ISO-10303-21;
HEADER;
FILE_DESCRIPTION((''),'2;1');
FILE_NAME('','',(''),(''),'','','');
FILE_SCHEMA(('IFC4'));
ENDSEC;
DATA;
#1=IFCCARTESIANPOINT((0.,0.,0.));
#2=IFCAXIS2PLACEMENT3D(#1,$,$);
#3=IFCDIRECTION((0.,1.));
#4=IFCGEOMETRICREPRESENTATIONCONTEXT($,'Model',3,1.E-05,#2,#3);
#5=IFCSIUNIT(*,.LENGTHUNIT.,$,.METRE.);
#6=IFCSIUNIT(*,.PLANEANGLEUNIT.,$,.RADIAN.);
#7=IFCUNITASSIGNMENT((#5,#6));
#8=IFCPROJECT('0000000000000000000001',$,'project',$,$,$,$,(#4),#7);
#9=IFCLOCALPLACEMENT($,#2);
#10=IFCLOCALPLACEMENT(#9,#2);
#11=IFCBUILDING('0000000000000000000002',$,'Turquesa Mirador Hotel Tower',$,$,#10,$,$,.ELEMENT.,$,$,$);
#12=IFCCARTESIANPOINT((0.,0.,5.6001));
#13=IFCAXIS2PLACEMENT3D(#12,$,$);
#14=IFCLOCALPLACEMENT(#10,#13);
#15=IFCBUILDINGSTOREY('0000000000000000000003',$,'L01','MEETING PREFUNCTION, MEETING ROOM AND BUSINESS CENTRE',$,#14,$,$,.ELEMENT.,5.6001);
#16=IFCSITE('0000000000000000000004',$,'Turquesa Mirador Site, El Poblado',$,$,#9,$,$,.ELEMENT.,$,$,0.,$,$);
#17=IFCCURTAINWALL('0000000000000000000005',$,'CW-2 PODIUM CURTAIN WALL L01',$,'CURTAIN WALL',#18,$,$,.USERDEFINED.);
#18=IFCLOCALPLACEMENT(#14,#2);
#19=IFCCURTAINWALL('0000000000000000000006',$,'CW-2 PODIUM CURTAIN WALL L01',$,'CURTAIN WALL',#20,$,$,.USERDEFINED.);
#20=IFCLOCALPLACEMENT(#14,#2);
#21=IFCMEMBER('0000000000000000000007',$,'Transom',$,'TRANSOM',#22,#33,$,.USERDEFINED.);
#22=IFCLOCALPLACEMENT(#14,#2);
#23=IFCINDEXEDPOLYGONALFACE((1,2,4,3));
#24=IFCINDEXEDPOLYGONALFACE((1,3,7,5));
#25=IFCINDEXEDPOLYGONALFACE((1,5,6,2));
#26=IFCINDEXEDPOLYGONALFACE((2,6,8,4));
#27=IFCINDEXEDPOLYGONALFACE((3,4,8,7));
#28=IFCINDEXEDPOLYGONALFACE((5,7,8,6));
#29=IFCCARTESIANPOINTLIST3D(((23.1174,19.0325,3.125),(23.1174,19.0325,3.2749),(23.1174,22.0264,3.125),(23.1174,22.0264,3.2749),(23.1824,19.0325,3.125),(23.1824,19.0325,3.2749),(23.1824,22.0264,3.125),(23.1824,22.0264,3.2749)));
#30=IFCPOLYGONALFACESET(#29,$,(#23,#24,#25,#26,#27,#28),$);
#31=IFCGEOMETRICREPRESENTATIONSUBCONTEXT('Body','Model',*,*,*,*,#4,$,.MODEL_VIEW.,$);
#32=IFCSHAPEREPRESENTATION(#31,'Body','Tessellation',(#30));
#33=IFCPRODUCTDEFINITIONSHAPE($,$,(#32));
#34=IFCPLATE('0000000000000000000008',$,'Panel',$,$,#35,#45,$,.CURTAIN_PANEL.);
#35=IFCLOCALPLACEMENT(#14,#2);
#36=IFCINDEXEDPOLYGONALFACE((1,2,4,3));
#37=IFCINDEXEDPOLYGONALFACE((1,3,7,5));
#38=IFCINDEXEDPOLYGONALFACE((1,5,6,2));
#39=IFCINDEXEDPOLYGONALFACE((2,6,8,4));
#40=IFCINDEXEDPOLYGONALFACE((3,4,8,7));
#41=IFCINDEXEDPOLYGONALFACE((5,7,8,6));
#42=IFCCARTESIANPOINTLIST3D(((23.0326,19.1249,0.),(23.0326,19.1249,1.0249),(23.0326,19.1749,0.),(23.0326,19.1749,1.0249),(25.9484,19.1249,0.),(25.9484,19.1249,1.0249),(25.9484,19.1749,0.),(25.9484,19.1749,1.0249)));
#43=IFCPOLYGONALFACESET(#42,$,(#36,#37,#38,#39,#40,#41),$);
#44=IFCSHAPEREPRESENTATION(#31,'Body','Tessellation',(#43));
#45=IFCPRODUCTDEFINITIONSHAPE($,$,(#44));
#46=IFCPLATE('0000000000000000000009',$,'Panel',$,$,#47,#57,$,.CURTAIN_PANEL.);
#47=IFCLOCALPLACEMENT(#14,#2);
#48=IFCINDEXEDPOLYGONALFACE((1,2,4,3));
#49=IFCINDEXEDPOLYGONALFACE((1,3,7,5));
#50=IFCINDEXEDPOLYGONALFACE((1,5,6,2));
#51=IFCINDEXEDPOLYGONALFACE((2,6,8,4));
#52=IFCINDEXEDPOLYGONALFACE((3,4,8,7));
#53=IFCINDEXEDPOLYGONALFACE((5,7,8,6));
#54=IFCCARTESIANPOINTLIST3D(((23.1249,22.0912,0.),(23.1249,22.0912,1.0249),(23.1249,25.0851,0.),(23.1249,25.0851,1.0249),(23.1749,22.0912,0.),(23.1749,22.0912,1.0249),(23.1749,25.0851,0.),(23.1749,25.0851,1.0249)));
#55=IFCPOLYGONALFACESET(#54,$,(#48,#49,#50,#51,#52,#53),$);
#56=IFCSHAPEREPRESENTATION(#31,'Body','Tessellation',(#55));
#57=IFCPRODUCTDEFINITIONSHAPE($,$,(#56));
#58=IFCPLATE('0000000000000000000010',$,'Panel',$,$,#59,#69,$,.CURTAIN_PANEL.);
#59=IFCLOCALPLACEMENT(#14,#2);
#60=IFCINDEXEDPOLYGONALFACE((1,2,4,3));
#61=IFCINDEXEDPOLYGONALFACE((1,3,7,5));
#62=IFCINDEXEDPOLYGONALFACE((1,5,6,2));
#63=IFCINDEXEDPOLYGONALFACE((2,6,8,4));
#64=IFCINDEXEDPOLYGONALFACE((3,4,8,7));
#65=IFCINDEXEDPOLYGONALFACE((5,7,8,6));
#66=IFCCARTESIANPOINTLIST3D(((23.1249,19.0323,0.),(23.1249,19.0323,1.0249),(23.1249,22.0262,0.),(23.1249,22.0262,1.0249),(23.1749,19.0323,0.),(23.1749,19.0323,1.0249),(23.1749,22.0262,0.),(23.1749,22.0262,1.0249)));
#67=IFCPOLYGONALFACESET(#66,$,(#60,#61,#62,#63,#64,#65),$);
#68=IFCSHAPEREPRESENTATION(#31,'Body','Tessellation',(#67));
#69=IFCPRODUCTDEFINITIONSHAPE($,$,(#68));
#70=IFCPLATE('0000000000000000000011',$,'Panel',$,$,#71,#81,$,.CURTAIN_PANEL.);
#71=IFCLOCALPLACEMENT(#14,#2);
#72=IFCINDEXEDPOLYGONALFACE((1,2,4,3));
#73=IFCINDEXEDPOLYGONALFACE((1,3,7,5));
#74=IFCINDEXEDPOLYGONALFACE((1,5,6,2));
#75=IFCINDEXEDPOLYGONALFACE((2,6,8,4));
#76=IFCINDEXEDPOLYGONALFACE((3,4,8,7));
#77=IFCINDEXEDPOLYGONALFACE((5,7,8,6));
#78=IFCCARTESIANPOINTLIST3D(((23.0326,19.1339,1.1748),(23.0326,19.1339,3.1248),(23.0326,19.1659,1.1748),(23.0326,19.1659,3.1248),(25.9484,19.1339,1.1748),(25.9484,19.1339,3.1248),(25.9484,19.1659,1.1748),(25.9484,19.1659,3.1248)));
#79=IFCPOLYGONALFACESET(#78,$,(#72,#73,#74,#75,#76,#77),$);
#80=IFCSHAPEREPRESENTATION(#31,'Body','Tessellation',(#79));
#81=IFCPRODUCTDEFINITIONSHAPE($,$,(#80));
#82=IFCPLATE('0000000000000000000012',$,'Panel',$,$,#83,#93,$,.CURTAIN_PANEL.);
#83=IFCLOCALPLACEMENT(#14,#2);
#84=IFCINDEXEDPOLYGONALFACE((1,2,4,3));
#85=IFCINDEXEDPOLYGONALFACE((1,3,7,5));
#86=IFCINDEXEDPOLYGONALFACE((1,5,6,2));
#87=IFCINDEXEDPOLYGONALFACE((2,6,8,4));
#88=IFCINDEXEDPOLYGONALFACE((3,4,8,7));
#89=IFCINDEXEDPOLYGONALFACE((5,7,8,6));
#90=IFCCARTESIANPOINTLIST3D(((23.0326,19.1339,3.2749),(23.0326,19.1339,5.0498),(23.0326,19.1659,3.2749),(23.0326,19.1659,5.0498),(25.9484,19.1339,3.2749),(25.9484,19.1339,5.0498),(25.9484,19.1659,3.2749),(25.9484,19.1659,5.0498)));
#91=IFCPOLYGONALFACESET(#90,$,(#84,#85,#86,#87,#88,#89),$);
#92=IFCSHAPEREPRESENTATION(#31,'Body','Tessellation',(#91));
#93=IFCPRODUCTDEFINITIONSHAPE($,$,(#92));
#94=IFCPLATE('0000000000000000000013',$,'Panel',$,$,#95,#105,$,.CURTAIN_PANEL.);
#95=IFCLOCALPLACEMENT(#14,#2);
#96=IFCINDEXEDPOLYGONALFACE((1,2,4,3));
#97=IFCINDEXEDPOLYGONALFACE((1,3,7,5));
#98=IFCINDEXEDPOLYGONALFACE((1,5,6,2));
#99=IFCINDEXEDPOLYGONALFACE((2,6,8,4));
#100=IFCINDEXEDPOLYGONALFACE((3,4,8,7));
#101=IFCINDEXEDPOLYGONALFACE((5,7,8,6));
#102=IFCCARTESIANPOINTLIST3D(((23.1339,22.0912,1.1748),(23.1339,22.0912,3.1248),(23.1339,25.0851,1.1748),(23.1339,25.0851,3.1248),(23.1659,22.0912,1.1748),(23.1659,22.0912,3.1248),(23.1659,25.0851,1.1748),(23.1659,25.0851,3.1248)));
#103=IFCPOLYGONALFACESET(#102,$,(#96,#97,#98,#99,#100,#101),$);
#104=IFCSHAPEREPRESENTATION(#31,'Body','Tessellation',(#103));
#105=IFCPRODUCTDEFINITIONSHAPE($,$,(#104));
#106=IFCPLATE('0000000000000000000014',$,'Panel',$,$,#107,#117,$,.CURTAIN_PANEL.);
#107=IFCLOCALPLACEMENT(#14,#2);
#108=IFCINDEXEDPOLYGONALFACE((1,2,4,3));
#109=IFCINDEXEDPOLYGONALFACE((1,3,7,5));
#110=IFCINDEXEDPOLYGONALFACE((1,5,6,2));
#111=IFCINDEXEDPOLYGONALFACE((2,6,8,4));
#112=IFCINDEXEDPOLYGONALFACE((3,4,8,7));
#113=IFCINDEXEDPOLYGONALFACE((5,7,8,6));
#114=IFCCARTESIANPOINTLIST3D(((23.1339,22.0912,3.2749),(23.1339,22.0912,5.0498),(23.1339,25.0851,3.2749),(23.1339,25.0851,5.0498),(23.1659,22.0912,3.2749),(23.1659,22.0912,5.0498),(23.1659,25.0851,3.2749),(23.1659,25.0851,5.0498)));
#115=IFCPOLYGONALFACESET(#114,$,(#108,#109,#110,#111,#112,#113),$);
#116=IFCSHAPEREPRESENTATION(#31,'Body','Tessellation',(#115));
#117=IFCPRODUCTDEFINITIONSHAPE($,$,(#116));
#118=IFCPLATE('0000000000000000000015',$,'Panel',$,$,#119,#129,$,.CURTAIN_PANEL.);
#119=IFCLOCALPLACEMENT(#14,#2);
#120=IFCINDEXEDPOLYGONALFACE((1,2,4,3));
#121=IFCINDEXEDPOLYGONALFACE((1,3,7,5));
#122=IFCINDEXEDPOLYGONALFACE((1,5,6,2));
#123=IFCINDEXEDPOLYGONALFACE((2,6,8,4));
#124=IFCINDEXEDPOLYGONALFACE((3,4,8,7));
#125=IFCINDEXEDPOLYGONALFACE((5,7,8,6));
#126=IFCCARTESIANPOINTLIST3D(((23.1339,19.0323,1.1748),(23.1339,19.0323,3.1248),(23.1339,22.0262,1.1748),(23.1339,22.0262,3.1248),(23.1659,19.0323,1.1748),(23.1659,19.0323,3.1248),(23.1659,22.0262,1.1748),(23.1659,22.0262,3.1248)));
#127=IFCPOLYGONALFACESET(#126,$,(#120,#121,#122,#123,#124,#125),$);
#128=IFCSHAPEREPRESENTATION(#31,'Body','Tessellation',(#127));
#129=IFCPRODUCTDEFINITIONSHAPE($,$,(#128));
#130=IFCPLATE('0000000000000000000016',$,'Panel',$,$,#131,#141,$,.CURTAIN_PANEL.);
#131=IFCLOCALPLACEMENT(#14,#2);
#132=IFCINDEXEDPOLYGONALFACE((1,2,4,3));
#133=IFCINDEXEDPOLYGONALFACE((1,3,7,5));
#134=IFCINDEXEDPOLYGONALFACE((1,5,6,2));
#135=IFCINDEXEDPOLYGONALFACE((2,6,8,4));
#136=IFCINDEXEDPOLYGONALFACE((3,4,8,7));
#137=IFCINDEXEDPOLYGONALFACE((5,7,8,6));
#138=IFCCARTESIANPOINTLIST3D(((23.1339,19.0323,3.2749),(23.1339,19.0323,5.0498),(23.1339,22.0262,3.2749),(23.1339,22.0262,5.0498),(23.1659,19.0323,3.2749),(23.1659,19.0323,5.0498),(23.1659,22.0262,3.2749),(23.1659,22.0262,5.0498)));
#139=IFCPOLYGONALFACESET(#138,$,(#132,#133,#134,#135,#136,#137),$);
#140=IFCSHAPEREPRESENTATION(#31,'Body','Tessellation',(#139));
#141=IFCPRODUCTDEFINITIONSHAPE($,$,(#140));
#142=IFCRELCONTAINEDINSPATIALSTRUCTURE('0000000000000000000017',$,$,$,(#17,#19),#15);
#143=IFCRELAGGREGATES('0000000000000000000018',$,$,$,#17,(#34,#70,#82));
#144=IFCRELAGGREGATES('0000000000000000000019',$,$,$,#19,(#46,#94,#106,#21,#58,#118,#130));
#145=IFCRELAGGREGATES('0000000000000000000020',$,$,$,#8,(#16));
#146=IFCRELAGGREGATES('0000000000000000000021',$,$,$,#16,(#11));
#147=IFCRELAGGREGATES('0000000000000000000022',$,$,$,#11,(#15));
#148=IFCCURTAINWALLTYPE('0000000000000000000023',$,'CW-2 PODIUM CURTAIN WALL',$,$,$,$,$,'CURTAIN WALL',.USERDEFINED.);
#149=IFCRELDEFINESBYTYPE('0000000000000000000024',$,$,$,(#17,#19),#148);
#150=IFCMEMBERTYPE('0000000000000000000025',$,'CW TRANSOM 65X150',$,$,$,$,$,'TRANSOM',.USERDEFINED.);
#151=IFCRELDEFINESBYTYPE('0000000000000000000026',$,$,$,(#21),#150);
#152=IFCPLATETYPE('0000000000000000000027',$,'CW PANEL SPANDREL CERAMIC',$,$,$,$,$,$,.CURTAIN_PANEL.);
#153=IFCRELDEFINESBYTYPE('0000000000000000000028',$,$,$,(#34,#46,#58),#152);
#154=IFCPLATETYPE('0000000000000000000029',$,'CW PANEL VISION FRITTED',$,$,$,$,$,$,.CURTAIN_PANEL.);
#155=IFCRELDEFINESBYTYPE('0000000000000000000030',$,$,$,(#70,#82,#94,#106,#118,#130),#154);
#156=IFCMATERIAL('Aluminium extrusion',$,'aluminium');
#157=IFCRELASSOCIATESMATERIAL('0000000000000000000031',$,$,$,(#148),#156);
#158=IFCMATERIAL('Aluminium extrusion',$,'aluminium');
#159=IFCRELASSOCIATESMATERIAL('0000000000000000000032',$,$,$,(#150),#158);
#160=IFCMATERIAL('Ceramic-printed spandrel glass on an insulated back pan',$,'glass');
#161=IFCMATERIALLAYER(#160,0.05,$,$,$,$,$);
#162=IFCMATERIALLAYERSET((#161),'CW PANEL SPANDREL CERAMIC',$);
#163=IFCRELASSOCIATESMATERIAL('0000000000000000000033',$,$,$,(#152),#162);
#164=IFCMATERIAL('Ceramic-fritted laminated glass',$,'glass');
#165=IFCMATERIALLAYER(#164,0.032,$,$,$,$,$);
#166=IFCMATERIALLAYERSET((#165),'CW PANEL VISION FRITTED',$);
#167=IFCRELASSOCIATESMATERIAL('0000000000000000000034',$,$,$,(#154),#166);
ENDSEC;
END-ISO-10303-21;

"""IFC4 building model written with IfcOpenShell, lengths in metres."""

from ifc_helpers import new_model, si_unit, direction, frame, origin, origin_2d, place, context, subcontext, project, spatial, rectangle, extrude, material, layer, layer_set, material_profile, profile_set, type_object, element, aggregate, save


model = new_model("IFC4")

# Units and contexts
model_context = context("Model", 3, precision=1e-05, world=origin(), true_north=direction((0.0, 1.0)))
body_context = subcontext(model_context, "Body", "Model", "MODEL_VIEW")
ifc_project = project(units=[si_unit("LENGTHUNIT", "METRE"), si_unit("PLANEANGLEUNIT", "RADIAN")], contexts=[model_context])

# Site, building, storey
site_placement = place(None, origin())
site = spatial("IfcSite", under=ifc_project, at=site_placement, Name="Turquesa Mirador Site, El Poblado", CompositionType="ELEMENT", RefElevation=0.0)
building_placement = place(site_placement, origin())
building = spatial("IfcBuilding", under=site, at=building_placement, Name="Turquesa Mirador Hotel Tower", CompositionType="ELEMENT")
storey_placement = place(building_placement, frame((0.0, 0.0, 5.6001)))
storey = spatial("IfcBuildingStorey", under=building, at=storey_placement, Name="L01", Description="MEETING PREFUNCTION, MEETING ROOM AND BUSINESS CENTRE", CompositionType="ELEMENT", Elevation=5.6001)

# Curtain walls
ifc_material_1 = material(Name="Aluminium extrusion", Category="aluminium")
curtain_wall_type = type_object("IfcCurtainWallType", Name="CW-2 PODIUM CURTAIN WALL", ElementType="CURTAIN WALL", PredefinedType="USERDEFINED", material=ifc_material_1)
curtain_wall_1_placement = place(storey_placement, origin())
curtain_wall_1 = element("IfcCurtainWall", 1, at=curtain_wall_1_placement, inside=storey, type_object=curtain_wall_type, Name="CW-2 PODIUM CURTAIN WALL L01", ObjectType="CURTAIN WALL", PredefinedType="USERDEFINED")
curtain_wall_2_placement = place(storey_placement, origin())
curtain_wall_2 = element("IfcCurtainWall", 2, at=curtain_wall_2_placement, inside=storey, type_object=curtain_wall_type, Name="CW-2 PODIUM CURTAIN WALL L01", ObjectType="CURTAIN WALL", PredefinedType="USERDEFINED")

# Member
ifc_material_2 = material(Name="Aluminium extrusion", Category="aluminium")
ifc_material_profile_1 = material_profile(ifc_material_2, rectangle(XDim=0.0649, YDim=0.1499, at=origin_2d()), Name="TRANSOM 65X150")
ifc_profile_set_1 = profile_set([ifc_material_profile_1], Name="Aluminium extrusion")
member_type_1 = type_object("IfcMemberType", Name="CW TRANSOM 65X150", ElementType="TRANSOM", PredefinedType="USERDEFINED", material=ifc_profile_set_1)
member_1_placement = place(storey_placement, frame((23.1499, 22.0264, 3.2), z_axis=(0.0, -1.0, 0.0), x_axis=(1.0, 0.0, 0.0)))
member_1 = element("IfcMember", 3, at=member_1_placement, type_object=member_type_1, Name="Transom", ObjectType="TRANSOM", PredefinedType="USERDEFINED", context=body_context, shape_type="SweptSolid", body=[
    extrude(rectangle(XDim=0.0649, YDim=0.1499, at=origin_2d()), origin(), (0.0, 0.0, 1.0), 2.9939),
])

# Plates
ifc_material_3 = material(Name="Ceramic-printed spandrel glass on an insulated back pan", Category="glass")
ifc_layer_1 = layer(ifc_material_3, 0.05)
ifc_layer_set_1 = layer_set([ifc_layer_1], Name="CW PANEL SPANDREL CERAMIC")
plate_type_1 = type_object("IfcPlateType", Name="CW PANEL SPANDREL CERAMIC", PredefinedType="CURTAIN_PANEL", material=ifc_layer_set_1)
plate_1_placement = place(storey_placement, frame((24.4905, 19.1499, 0.0), z_axis=(0.0, 0.0, 1.0), x_axis=(1.0, 0.0, 0.0)))
plate_1 = element("IfcPlate", 4, at=plate_1_placement, type_object=plate_type_1, Name="Panel", PredefinedType="CURTAIN_PANEL", context=body_context, shape_type="SweptSolid", body=[
    extrude(rectangle(XDim=2.9158, YDim=0.05, at=origin_2d()), origin(), (0.0, 0.0, 1.0), 1.0249),
])
plate_2_placement = place(storey_placement, frame((23.1499, 23.5881, 0.0), z_axis=(0.0, 0.0, 1.0), x_axis=(0.0, -1.0, 0.0)))
plate_2 = element("IfcPlate", 5, at=plate_2_placement, type_object=plate_type_1, Name="Panel", PredefinedType="CURTAIN_PANEL", context=body_context, shape_type="SweptSolid", body=[
    extrude(rectangle(XDim=2.9939, YDim=0.05, at=origin_2d()), origin(), (0.0, 0.0, 1.0), 1.0249),
])
plate_3_placement = place(storey_placement, frame((23.1499, 20.5293, 0.0), z_axis=(0.0, 0.0, 1.0), x_axis=(0.0, -1.0, 0.0)))
plate_3 = element("IfcPlate", 6, at=plate_3_placement, type_object=plate_type_1, Name="Panel", PredefinedType="CURTAIN_PANEL", context=body_context, shape_type="SweptSolid", body=[
    extrude(rectangle(XDim=2.9939, YDim=0.05, at=origin_2d()), origin(), (0.0, 0.0, 1.0), 1.0249),
])
ifc_material_4 = material(Name="Ceramic-fritted laminated glass", Category="glass")
ifc_layer_2 = layer(ifc_material_4, 0.032)
ifc_layer_set_2 = layer_set([ifc_layer_2], Name="CW PANEL VISION FRITTED")
plate_type_2 = type_object("IfcPlateType", Name="CW PANEL VISION FRITTED", PredefinedType="CURTAIN_PANEL", material=ifc_layer_set_2)
plate_4_placement = place(storey_placement, frame((24.4905, 19.1499, 1.1748), z_axis=(0.0, 0.0, 1.0), x_axis=(1.0, 0.0, 0.0)))
plate_4 = element("IfcPlate", 7, at=plate_4_placement, type_object=plate_type_2, Name="Panel", PredefinedType="CURTAIN_PANEL", context=body_context, shape_type="SweptSolid", body=[
    extrude(rectangle(XDim=2.9158, YDim=0.032, at=origin_2d()), origin(), (0.0, 0.0, 1.0), 1.95),
])
plate_5_placement = place(storey_placement, frame((24.4905, 19.1499, 3.2749), z_axis=(0.0, 0.0, 1.0), x_axis=(1.0, 0.0, 0.0)))
plate_5 = element("IfcPlate", 8, at=plate_5_placement, type_object=plate_type_2, Name="Panel", PredefinedType="CURTAIN_PANEL", context=body_context, shape_type="SweptSolid", body=[
    extrude(rectangle(XDim=2.9158, YDim=0.032, at=origin_2d()), origin(), (0.0, 0.0, 1.0), 1.7749),
])
aggregate(curtain_wall_1, [plate_1, plate_4, plate_5])
plate_6_placement = place(storey_placement, frame((23.1499, 23.5881, 1.1748), z_axis=(0.0, 0.0, 1.0), x_axis=(0.0, -1.0, 0.0)))
plate_6 = element("IfcPlate", 9, at=plate_6_placement, type_object=plate_type_2, Name="Panel", PredefinedType="CURTAIN_PANEL", context=body_context, shape_type="SweptSolid", body=[
    extrude(rectangle(XDim=2.9939, YDim=0.032, at=origin_2d()), origin(), (0.0, 0.0, 1.0), 1.95),
])
plate_7_placement = place(storey_placement, frame((23.1499, 23.5881, 3.2749), z_axis=(0.0, 0.0, 1.0), x_axis=(0.0, -1.0, 0.0)))
plate_7 = element("IfcPlate", 10, at=plate_7_placement, type_object=plate_type_2, Name="Panel", PredefinedType="CURTAIN_PANEL", context=body_context, shape_type="SweptSolid", body=[
    extrude(rectangle(XDim=2.9939, YDim=0.032, at=origin_2d()), origin(), (0.0, 0.0, 1.0), 1.7749),
])
plate_8_placement = place(storey_placement, frame((23.1499, 20.5293, 1.1748), z_axis=(0.0, 0.0, 1.0), x_axis=(0.0, -1.0, 0.0)))
plate_8 = element("IfcPlate", 11, at=plate_8_placement, type_object=plate_type_2, Name="Panel", PredefinedType="CURTAIN_PANEL", context=body_context, shape_type="SweptSolid", body=[
    extrude(rectangle(XDim=2.9939, YDim=0.032, at=origin_2d()), origin(), (0.0, 0.0, 1.0), 1.95),
])
plate_9_placement = place(storey_placement, frame((23.1499, 20.5293, 3.2749), z_axis=(0.0, 0.0, 1.0), x_axis=(0.0, -1.0, 0.0)))
plate_9 = element("IfcPlate", 12, at=plate_9_placement, type_object=plate_type_2, Name="Panel", PredefinedType="CURTAIN_PANEL", context=body_context, shape_type="SweptSolid", body=[
    extrude(rectangle(XDim=2.9939, YDim=0.032, at=origin_2d()), origin(), (0.0, 0.0, 1.0), 1.7749),
])
aggregate(curtain_wall_2, [plate_2, plate_6, plate_7, member_1, plate_3, plate_8, plate_9])

save(model, "model.ifc")
